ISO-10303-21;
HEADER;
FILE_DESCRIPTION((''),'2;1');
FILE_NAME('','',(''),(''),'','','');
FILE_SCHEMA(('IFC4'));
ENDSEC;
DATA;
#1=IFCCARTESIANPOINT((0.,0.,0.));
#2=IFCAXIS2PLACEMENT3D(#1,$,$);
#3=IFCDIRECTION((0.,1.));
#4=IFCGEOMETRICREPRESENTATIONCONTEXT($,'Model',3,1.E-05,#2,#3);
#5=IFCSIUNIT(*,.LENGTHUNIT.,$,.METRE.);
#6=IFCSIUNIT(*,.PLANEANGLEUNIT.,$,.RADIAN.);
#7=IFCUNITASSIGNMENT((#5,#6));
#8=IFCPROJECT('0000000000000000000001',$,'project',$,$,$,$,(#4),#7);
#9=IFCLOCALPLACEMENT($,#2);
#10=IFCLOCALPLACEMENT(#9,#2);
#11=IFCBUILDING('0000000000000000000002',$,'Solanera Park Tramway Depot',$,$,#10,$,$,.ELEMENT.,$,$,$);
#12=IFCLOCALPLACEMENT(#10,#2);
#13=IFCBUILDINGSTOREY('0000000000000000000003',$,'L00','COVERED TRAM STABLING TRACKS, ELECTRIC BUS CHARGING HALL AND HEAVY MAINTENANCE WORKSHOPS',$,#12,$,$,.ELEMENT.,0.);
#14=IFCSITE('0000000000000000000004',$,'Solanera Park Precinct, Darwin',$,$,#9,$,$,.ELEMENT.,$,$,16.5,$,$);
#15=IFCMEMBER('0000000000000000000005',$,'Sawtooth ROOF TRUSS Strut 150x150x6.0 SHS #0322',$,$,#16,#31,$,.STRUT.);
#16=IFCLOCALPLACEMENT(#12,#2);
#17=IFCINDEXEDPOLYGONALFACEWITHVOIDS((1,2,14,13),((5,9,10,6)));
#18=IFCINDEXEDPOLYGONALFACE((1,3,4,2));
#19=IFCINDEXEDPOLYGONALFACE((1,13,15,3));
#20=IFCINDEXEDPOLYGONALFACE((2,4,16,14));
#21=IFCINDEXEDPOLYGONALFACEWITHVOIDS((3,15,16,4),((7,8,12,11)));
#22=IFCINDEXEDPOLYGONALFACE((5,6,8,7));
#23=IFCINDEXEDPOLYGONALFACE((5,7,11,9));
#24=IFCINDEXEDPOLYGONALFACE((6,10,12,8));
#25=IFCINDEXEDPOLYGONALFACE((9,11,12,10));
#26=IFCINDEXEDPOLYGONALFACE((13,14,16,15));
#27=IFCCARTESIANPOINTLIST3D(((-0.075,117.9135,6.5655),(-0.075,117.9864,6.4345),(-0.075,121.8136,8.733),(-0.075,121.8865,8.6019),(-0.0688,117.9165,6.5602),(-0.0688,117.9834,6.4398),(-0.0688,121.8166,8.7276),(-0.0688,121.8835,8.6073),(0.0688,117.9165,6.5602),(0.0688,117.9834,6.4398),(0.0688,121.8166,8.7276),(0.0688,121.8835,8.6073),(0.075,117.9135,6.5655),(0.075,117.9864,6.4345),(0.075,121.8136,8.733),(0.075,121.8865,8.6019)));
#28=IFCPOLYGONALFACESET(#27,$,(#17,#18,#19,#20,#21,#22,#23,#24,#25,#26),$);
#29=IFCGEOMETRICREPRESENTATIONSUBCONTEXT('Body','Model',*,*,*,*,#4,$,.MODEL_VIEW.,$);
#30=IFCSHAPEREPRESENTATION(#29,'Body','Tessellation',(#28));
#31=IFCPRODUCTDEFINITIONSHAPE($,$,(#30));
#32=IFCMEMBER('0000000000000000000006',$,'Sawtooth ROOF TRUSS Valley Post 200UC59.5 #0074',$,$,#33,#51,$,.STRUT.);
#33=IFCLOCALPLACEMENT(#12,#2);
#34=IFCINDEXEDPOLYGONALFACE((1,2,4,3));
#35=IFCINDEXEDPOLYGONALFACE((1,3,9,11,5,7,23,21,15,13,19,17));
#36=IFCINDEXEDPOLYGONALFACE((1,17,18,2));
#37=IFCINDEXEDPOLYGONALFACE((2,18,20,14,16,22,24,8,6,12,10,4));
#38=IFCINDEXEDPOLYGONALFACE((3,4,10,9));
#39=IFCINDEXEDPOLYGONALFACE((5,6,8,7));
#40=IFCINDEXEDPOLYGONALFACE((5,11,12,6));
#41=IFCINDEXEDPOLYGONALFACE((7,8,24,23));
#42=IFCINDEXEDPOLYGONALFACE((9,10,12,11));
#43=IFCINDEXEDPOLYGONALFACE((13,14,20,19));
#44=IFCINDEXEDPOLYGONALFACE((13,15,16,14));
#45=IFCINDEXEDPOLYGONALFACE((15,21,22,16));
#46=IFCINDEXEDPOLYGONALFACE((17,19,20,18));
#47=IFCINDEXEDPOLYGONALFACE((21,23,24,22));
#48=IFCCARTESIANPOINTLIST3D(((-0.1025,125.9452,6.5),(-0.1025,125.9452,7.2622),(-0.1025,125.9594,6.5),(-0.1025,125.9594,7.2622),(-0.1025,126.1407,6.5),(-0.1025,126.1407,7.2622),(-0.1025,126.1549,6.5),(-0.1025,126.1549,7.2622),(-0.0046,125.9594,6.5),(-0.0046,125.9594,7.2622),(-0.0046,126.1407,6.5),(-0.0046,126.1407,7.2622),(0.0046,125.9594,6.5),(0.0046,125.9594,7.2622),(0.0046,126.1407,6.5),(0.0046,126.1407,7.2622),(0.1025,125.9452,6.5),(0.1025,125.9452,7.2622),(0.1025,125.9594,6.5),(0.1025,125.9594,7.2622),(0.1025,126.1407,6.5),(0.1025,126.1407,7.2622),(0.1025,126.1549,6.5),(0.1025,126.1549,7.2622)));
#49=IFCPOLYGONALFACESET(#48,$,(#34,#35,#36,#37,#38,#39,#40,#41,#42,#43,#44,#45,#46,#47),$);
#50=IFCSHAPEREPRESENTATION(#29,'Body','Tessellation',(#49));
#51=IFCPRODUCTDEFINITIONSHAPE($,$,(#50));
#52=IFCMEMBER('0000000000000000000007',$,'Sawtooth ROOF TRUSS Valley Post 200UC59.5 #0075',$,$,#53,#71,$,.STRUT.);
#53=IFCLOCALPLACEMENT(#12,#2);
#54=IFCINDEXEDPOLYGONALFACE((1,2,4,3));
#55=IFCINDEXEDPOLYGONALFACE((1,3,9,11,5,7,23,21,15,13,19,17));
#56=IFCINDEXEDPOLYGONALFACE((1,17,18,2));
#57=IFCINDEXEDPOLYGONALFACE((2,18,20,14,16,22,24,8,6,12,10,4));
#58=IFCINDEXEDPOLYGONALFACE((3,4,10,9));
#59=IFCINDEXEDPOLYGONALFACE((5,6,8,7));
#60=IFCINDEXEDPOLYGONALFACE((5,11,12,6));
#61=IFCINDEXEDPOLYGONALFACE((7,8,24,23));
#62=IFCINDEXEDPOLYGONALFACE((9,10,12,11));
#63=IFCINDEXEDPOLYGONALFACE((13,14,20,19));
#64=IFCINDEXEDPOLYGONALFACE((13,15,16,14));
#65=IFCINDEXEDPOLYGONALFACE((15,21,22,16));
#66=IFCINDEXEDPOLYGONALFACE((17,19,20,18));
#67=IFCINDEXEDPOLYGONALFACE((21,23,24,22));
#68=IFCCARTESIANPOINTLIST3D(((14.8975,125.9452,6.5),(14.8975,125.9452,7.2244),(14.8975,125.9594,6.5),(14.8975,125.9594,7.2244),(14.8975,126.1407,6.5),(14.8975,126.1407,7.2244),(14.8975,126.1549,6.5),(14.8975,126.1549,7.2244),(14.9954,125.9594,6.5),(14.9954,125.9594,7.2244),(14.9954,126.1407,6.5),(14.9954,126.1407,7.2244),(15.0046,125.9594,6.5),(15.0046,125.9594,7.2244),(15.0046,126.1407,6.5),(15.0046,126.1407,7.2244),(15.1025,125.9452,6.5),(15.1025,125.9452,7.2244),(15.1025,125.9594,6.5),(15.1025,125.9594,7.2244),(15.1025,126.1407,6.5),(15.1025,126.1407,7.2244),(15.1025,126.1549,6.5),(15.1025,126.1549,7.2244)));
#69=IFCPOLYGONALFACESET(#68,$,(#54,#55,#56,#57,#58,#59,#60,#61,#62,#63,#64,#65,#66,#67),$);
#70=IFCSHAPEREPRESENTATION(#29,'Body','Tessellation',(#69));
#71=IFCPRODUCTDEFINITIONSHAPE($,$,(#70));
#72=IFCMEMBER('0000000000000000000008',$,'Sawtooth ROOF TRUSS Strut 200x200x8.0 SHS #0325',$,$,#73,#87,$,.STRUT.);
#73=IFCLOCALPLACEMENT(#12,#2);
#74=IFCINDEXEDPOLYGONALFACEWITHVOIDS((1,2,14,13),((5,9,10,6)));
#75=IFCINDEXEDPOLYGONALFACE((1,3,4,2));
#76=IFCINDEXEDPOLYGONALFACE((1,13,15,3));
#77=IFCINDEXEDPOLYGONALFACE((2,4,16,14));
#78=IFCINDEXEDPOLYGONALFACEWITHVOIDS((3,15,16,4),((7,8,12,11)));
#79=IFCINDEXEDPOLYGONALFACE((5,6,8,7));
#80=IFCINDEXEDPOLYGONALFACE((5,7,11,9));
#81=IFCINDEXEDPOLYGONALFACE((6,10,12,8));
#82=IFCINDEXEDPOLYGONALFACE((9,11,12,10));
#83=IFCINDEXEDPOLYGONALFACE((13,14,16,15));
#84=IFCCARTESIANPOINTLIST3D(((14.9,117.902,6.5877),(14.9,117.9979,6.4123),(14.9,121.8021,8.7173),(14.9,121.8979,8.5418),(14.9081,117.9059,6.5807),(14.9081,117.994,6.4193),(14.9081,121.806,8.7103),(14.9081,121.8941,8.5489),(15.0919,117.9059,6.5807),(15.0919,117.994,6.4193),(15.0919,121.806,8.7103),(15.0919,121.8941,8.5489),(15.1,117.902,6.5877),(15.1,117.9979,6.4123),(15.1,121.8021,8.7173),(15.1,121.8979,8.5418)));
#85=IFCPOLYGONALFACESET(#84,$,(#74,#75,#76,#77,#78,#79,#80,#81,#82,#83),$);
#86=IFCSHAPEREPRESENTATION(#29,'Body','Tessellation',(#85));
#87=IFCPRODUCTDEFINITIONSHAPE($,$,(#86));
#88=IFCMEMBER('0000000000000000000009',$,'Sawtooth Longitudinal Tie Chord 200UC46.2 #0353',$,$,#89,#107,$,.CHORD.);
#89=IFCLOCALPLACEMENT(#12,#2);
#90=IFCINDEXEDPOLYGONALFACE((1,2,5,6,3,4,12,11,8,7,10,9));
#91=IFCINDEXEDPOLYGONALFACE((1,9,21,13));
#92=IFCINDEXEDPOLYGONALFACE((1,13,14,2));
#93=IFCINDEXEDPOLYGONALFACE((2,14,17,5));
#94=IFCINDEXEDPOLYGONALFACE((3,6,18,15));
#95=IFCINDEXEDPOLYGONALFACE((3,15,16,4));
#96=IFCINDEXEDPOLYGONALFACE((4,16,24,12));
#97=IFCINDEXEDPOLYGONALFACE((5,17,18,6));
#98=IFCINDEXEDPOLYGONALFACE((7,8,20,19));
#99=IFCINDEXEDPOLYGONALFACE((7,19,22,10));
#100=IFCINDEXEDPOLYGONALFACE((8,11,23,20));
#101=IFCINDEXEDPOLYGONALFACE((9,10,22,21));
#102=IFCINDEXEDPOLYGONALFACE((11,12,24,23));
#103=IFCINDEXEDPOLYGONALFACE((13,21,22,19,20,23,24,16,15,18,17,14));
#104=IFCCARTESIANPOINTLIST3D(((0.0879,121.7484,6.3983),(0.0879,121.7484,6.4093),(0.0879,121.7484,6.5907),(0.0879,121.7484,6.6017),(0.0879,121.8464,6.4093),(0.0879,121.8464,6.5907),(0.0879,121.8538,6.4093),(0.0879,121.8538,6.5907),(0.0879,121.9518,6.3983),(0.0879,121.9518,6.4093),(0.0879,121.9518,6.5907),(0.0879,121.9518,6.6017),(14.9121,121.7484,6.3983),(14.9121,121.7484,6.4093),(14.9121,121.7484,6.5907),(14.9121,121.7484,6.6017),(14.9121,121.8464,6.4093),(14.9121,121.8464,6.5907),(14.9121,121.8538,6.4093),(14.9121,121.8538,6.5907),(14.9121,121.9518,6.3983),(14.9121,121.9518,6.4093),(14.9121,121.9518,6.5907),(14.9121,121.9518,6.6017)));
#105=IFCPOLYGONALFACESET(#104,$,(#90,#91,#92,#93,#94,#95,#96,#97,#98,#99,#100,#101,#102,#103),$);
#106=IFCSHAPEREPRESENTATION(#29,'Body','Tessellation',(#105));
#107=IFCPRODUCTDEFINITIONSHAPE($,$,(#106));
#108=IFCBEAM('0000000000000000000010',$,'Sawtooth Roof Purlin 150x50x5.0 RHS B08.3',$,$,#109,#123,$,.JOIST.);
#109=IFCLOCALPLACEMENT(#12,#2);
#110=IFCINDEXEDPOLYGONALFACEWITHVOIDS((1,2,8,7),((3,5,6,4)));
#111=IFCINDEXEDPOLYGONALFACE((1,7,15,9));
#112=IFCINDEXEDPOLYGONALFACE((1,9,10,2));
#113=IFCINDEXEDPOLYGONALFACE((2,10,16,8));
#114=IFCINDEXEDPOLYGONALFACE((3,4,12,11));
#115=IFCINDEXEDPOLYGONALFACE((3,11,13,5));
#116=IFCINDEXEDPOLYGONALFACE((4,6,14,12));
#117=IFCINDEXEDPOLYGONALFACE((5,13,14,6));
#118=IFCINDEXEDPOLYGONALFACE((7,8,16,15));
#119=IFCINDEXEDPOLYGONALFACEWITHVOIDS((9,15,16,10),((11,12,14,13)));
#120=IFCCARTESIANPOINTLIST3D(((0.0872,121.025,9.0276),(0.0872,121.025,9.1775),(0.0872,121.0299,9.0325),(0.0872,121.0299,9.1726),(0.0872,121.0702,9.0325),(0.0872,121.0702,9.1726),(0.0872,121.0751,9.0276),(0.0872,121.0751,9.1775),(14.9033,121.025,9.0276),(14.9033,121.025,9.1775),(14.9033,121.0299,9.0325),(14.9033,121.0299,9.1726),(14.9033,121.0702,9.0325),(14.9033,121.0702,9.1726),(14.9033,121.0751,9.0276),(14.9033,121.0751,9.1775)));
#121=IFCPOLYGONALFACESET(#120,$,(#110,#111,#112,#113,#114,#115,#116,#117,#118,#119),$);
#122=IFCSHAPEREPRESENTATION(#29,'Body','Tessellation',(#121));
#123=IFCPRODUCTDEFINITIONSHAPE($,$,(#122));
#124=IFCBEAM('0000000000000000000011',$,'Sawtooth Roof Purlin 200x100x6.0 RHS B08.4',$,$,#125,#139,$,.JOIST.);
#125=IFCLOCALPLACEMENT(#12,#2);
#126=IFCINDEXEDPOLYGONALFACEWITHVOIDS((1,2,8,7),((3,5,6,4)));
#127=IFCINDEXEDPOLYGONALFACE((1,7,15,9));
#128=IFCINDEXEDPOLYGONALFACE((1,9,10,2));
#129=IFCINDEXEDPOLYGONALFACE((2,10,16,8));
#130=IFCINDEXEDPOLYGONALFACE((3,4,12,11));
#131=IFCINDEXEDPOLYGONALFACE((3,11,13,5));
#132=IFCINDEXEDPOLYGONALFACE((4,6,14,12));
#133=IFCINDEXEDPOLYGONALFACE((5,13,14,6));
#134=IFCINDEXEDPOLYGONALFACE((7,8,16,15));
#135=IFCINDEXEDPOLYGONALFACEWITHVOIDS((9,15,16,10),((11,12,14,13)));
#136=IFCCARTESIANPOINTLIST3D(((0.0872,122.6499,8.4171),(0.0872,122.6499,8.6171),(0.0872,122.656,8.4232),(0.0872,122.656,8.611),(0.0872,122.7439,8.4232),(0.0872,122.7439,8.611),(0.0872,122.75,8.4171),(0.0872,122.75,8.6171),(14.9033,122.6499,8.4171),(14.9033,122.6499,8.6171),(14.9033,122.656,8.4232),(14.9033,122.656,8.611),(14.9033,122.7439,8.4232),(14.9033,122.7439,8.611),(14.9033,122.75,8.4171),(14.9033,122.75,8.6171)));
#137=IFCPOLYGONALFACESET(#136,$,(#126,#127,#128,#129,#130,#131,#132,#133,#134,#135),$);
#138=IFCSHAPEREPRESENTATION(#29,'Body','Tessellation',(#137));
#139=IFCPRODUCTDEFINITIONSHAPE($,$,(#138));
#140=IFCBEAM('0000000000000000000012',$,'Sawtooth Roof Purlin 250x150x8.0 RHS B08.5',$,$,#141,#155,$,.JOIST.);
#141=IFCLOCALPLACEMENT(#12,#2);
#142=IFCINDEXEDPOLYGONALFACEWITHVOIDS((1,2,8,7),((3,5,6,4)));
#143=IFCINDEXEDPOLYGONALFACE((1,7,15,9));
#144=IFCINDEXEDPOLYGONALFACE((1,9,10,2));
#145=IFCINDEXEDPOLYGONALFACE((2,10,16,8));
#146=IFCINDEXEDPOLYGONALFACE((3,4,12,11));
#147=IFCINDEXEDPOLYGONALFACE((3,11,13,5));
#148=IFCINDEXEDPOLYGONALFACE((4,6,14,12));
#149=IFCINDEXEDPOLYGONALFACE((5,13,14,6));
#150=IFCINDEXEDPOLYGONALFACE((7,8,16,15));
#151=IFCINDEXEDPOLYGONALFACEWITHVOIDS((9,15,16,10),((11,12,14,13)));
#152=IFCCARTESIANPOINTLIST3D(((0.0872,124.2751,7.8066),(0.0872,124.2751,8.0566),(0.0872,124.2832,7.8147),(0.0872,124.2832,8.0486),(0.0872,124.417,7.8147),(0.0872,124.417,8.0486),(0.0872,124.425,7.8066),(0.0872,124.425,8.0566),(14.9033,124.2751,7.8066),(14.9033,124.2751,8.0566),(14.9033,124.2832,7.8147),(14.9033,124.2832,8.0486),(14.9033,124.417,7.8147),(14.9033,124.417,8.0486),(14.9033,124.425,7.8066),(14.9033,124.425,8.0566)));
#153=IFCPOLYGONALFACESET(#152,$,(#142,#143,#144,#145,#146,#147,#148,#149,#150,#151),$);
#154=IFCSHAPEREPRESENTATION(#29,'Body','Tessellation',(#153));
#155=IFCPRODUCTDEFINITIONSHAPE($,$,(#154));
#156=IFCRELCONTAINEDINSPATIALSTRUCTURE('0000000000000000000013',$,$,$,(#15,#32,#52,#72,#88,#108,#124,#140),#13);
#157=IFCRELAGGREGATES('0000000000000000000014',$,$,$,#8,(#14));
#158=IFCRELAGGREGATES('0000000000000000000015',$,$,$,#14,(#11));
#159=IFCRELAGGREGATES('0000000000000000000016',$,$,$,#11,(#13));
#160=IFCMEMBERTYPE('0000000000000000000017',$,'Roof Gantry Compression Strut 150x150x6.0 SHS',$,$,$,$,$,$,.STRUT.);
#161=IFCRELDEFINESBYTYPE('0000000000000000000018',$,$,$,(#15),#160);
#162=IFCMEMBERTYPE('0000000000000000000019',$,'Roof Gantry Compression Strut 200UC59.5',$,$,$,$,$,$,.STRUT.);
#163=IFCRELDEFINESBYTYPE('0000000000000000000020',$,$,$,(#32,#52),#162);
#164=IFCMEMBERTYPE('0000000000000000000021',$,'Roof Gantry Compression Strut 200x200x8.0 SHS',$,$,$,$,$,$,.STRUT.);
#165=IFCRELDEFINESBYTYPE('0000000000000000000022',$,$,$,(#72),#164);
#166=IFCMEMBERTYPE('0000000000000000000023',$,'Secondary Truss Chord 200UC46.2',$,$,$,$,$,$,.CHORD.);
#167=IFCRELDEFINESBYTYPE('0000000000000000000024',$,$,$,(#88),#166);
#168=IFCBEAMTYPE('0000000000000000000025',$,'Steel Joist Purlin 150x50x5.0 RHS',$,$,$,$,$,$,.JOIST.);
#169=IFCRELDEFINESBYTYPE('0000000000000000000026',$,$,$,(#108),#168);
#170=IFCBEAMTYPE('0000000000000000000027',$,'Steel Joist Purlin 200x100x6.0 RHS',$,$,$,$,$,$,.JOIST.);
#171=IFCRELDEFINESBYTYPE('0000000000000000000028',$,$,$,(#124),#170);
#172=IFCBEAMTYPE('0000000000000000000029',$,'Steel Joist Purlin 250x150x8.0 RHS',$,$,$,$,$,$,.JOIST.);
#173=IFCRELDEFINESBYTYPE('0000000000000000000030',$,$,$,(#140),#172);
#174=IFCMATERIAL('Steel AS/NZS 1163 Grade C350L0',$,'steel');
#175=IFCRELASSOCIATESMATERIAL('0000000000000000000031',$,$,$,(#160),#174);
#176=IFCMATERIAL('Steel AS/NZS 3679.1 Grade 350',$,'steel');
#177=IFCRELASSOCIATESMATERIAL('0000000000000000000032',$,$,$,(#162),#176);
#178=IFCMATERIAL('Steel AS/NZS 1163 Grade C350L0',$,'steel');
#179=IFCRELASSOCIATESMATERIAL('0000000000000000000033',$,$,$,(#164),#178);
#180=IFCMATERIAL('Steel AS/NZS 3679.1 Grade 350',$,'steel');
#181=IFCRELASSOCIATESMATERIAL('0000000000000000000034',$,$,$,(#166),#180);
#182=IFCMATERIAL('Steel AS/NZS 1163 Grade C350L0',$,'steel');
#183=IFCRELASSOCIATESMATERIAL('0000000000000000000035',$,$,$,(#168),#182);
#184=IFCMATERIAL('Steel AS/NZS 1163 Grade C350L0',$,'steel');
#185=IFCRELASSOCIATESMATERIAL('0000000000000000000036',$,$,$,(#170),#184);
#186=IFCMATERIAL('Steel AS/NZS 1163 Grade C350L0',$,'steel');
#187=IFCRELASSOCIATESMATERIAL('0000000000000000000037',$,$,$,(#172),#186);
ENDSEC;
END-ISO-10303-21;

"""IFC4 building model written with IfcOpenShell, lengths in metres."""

from ifc_helpers import new_model, si_unit, direction, frame, origin, origin_2d, place, context, subcontext, project, spatial, hollow_rectangle, i_section, extrude, material, material_profile, profile_set, type_object, element, save


model = new_model("IFC4")

# Units and contexts
model_context = context("Model", 3, precision=1e-05, world=origin(), true_north=direction((0.0, 1.0)))
body_context = subcontext(model_context, "Body", "Model", "MODEL_VIEW")
ifc_project = project(units=[si_unit("LENGTHUNIT", "METRE"), si_unit("PLANEANGLEUNIT", "RADIAN")], contexts=[model_context])

# Site, building, storey
site_placement = place(None, origin())
site = spatial("IfcSite", under=ifc_project, at=site_placement, Name="Solanera Park Precinct, Darwin", CompositionType="ELEMENT", RefElevation=16.5)
building_placement = place(site_placement, origin())
building = spatial("IfcBuilding", under=site, at=building_placement, Name="Solanera Park Tramway Depot", CompositionType="ELEMENT")
storey_placement = place(building_placement, origin())
storey = spatial("IfcBuildingStorey", under=building, at=storey_placement, Name="L00", Description="COVERED TRAM STABLING TRACKS, ELECTRIC BUS CHARGING HALL AND HEAVY MAINTENANCE WORKSHOPS", CompositionType="ELEMENT", Elevation=0.0)

# Members
ifc_material_1 = material(Name="Steel AS/NZS 1163 Grade C350L0", Category="steel")
ifc_material_profile_1 = material_profile(ifc_material_1, hollow_rectangle(XDim=0.1499, YDim=0.1499, WallThickness=0.0061, at=origin_2d()), Name="150x150x6.0 SHS")
ifc_profile_set_1 = profile_set([ifc_material_profile_1], Name="Steel AS/NZS 1163 Grade C350L0")
member_type_1 = type_object("IfcMemberType", Name="Roof Gantry Compression Strut 150x150x6.0 SHS", PredefinedType="STRUT", material=ifc_profile_set_1)
member_1_placement = place(storey_placement, frame((0.0, 117.95, 6.5), z_axis=(0.0, 0.874088, 0.485768), x_axis=(-1.0, 0.0, 0.0)))
element("IfcMember", 1, at=member_1_placement, inside=storey, type_object=member_type_1, Name="Sawtooth ROOF TRUSS Strut 150x150x6.0 SHS #0322", PredefinedType="STRUT", context=body_context, shape_type="SweptSolid", body=[
    extrude(hollow_rectangle(XDim=0.1499, YDim=0.1499, WallThickness=0.0061, at=origin_2d()), origin(), (0.0, 0.0, 1.0), 4.4619),
])
ifc_material_2 = material(Name="Steel AS/NZS 3679.1 Grade 350", Category="steel")
ifc_material_profile_2 = material_profile(ifc_material_2, i_section(OverallWidth=0.2051, OverallDepth=0.2097, WebThickness=0.0093, FlangeThickness=0.0142, at=origin_2d()), Name="200UC59.5")
ifc_profile_set_2 = profile_set([ifc_material_profile_2], Name="Steel AS/NZS 3679.1 Grade 350")
member_type_2 = type_object("IfcMemberType", Name="Roof Gantry Compression Strut 200UC59.5", PredefinedType="STRUT", material=ifc_profile_set_2)
member_2_placement = place(storey_placement, frame((0.0, 126.05, 6.5), z_axis=(0.0, 0.0, 1.0), x_axis=(1.0, 0.0, 0.0)))
element("IfcMember", 2, at=member_2_placement, inside=storey, type_object=member_type_2, Name="Sawtooth ROOF TRUSS Valley Post 200UC59.5 #0074", PredefinedType="STRUT", context=body_context, shape_type="SweptSolid", body=[
    extrude(i_section(OverallWidth=0.2051, OverallDepth=0.2097, WebThickness=0.0093, FlangeThickness=0.0142, at=origin_2d()), origin(), (0.0, 0.0, 1.0), 0.7622),
])
member_3_placement = place(storey_placement, frame((15.0, 126.05, 6.5), z_axis=(0.0, 0.0, 1.0), x_axis=(1.0, 0.0, 0.0)))
element("IfcMember", 3, at=member_3_placement, inside=storey, type_object=member_type_2, Name="Sawtooth ROOF TRUSS Valley Post 200UC59.5 #0075", PredefinedType="STRUT", context=body_context, shape_type="SweptSolid", body=[
    extrude(i_section(OverallWidth=0.2051, OverallDepth=0.2097, WebThickness=0.0093, FlangeThickness=0.0142, at=origin_2d()), origin(), (0.0, 0.0, 1.0), 0.7244),
])
ifc_material_3 = material(Name="Steel AS/NZS 1163 Grade C350L0", Category="steel")
ifc_material_profile_3 = material_profile(ifc_material_3, hollow_rectangle(XDim=0.2, YDim=0.2, WallThickness=0.0081, at=origin_2d()), Name="200x200x8.0 SHS")
ifc_profile_set_3 = profile_set([ifc_material_profile_3], Name="Steel AS/NZS 1163 Grade C350L0")
member_type_3 = type_object("IfcMemberType", Name="Roof Gantry Compression Strut 200x200x8.0 SHS", PredefinedType="STRUT", material=ifc_profile_set_3)
member_4_placement = place(storey_placement, frame((15.0, 117.95, 6.5), z_axis=(0.0, 0.877679, 0.479249), x_axis=(-1.0, 0.0, 0.0)))
element("IfcMember", 4, at=member_4_placement, inside=storey, type_object=member_type_3, Name="Sawtooth ROOF TRUSS Strut 200x200x8.0 SHS #0325", PredefinedType="STRUT", context=body_context, shape_type="SweptSolid", body=[
    extrude(hollow_rectangle(XDim=0.2, YDim=0.2, WallThickness=0.0081, at=origin_2d()), origin(), (0.0, 0.0, 1.0), 4.4436),
])
ifc_material_4 = material(Name="Steel AS/NZS 3679.1 Grade 350", Category="steel")
ifc_material_profile_4 = material_profile(ifc_material_4, i_section(OverallWidth=0.2034, OverallDepth=0.2034, WebThickness=0.0073, FlangeThickness=0.011, at=origin_2d()), Name="200UC46.2")
ifc_profile_set_4 = profile_set([ifc_material_profile_4], Name="Steel AS/NZS 3679.1 Grade 350")
member_type_4 = type_object("IfcMemberType", Name="Secondary Truss Chord 200UC46.2", PredefinedType="CHORD", material=ifc_profile_set_4)
member_5_placement = place(storey_placement, frame((0.0879, 121.8501, 6.5), z_axis=(1.0, 0.0, 0.0), x_axis=(0.0, 1.0, 0.0)))
element("IfcMember", 5, at=member_5_placement, inside=storey, type_object=member_type_4, Name="Sawtooth Longitudinal Tie Chord 200UC46.2 #0353", PredefinedType="CHORD", context=body_context, shape_type="SweptSolid", body=[
    extrude(i_section(OverallWidth=0.2034, OverallDepth=0.2034, WebThickness=0.0073, FlangeThickness=0.011, at=origin_2d()), origin(), (0.0, 0.0, 1.0), 14.8242),
])

# Beams
ifc_material_5 = material(Name="Steel AS/NZS 1163 Grade C350L0", Category="steel")
ifc_material_profile_5 = material_profile(ifc_material_5, hollow_rectangle(XDim=0.05, YDim=0.1499, WallThickness=0.0049, at=origin_2d()), Name="150x50x5.0 RHS")
ifc_profile_set_5 = profile_set([ifc_material_profile_5], Name="Steel AS/NZS 1163 Grade C350L0")
beam_type_1 = type_object("IfcBeamType", Name="Steel Joist Purlin 150x50x5.0 RHS", PredefinedType="JOIST", material=ifc_profile_set_5)
beam_1_placement = place(storey_placement, frame((0.0872, 121.05, 9.1025), z_axis=(1.0, 0.0, 0.0), x_axis=(0.0, 1.0, 0.0)))
element("IfcBeam", 6, at=beam_1_placement, inside=storey, type_object=beam_type_1, Name="Sawtooth Roof Purlin 150x50x5.0 RHS B08.3", PredefinedType="JOIST", context=body_context, shape_type="SweptSolid", body=[
    extrude(hollow_rectangle(XDim=0.05, YDim=0.1499, WallThickness=0.0049, at=origin_2d()), origin(), (0.0, 0.0, 1.0), 14.8162),
])
ifc_material_6 = material(Name="Steel AS/NZS 1163 Grade C350L0", Category="steel")
ifc_material_profile_6 = material_profile(ifc_material_6, hollow_rectangle(XDim=0.1001, YDim=0.2, WallThickness=0.0061, at=origin_2d()), Name="200x100x6.0 RHS")
ifc_profile_set_6 = profile_set([ifc_material_profile_6], Name="Steel AS/NZS 1163 Grade C350L0")
beam_type_2 = type_object("IfcBeamType", Name="Steel Joist Purlin 200x100x6.0 RHS", PredefinedType="JOIST", material=ifc_profile_set_6)
beam_2_placement = place(storey_placement, frame((0.0872, 122.7, 8.5171), z_axis=(1.0, 0.0, 0.0), x_axis=(0.0, 1.0, 0.0)))
element("IfcBeam", 7, at=beam_2_placement, inside=storey, type_object=beam_type_2, Name="Sawtooth Roof Purlin 200x100x6.0 RHS B08.4", PredefinedType="JOIST", context=body_context, shape_type="SweptSolid", body=[
    extrude(hollow_rectangle(XDim=0.1001, YDim=0.2, WallThickness=0.0061, at=origin_2d()), origin(), (0.0, 0.0, 1.0), 14.8162),
])
ifc_material_7 = material(Name="Steel AS/NZS 1163 Grade C350L0", Category="steel")
ifc_material_profile_7 = material_profile(ifc_material_7, hollow_rectangle(XDim=0.1499, YDim=0.25, WallThickness=0.0081, at=origin_2d()), Name="250x150x8.0 RHS")
ifc_profile_set_7 = profile_set([ifc_material_profile_7], Name="Steel AS/NZS 1163 Grade C350L0")
beam_type_3 = type_object("IfcBeamType", Name="Steel Joist Purlin 250x150x8.0 RHS", PredefinedType="JOIST", material=ifc_profile_set_7)
beam_3_placement = place(storey_placement, frame((0.0872, 124.3501, 7.9316), z_axis=(1.0, 0.0, 0.0), x_axis=(0.0, 1.0, 0.0)))
element("IfcBeam", 8, at=beam_3_placement, inside=storey, type_object=beam_type_3, Name="Sawtooth Roof Purlin 250x150x8.0 RHS B08.5", PredefinedType="JOIST", context=body_context, shape_type="SweptSolid", body=[
    extrude(hollow_rectangle(XDim=0.1499, YDim=0.25, WallThickness=0.0081, at=origin_2d()), origin(), (0.0, 0.0, 1.0), 14.8162),
])

save(model, "model.ifc")
